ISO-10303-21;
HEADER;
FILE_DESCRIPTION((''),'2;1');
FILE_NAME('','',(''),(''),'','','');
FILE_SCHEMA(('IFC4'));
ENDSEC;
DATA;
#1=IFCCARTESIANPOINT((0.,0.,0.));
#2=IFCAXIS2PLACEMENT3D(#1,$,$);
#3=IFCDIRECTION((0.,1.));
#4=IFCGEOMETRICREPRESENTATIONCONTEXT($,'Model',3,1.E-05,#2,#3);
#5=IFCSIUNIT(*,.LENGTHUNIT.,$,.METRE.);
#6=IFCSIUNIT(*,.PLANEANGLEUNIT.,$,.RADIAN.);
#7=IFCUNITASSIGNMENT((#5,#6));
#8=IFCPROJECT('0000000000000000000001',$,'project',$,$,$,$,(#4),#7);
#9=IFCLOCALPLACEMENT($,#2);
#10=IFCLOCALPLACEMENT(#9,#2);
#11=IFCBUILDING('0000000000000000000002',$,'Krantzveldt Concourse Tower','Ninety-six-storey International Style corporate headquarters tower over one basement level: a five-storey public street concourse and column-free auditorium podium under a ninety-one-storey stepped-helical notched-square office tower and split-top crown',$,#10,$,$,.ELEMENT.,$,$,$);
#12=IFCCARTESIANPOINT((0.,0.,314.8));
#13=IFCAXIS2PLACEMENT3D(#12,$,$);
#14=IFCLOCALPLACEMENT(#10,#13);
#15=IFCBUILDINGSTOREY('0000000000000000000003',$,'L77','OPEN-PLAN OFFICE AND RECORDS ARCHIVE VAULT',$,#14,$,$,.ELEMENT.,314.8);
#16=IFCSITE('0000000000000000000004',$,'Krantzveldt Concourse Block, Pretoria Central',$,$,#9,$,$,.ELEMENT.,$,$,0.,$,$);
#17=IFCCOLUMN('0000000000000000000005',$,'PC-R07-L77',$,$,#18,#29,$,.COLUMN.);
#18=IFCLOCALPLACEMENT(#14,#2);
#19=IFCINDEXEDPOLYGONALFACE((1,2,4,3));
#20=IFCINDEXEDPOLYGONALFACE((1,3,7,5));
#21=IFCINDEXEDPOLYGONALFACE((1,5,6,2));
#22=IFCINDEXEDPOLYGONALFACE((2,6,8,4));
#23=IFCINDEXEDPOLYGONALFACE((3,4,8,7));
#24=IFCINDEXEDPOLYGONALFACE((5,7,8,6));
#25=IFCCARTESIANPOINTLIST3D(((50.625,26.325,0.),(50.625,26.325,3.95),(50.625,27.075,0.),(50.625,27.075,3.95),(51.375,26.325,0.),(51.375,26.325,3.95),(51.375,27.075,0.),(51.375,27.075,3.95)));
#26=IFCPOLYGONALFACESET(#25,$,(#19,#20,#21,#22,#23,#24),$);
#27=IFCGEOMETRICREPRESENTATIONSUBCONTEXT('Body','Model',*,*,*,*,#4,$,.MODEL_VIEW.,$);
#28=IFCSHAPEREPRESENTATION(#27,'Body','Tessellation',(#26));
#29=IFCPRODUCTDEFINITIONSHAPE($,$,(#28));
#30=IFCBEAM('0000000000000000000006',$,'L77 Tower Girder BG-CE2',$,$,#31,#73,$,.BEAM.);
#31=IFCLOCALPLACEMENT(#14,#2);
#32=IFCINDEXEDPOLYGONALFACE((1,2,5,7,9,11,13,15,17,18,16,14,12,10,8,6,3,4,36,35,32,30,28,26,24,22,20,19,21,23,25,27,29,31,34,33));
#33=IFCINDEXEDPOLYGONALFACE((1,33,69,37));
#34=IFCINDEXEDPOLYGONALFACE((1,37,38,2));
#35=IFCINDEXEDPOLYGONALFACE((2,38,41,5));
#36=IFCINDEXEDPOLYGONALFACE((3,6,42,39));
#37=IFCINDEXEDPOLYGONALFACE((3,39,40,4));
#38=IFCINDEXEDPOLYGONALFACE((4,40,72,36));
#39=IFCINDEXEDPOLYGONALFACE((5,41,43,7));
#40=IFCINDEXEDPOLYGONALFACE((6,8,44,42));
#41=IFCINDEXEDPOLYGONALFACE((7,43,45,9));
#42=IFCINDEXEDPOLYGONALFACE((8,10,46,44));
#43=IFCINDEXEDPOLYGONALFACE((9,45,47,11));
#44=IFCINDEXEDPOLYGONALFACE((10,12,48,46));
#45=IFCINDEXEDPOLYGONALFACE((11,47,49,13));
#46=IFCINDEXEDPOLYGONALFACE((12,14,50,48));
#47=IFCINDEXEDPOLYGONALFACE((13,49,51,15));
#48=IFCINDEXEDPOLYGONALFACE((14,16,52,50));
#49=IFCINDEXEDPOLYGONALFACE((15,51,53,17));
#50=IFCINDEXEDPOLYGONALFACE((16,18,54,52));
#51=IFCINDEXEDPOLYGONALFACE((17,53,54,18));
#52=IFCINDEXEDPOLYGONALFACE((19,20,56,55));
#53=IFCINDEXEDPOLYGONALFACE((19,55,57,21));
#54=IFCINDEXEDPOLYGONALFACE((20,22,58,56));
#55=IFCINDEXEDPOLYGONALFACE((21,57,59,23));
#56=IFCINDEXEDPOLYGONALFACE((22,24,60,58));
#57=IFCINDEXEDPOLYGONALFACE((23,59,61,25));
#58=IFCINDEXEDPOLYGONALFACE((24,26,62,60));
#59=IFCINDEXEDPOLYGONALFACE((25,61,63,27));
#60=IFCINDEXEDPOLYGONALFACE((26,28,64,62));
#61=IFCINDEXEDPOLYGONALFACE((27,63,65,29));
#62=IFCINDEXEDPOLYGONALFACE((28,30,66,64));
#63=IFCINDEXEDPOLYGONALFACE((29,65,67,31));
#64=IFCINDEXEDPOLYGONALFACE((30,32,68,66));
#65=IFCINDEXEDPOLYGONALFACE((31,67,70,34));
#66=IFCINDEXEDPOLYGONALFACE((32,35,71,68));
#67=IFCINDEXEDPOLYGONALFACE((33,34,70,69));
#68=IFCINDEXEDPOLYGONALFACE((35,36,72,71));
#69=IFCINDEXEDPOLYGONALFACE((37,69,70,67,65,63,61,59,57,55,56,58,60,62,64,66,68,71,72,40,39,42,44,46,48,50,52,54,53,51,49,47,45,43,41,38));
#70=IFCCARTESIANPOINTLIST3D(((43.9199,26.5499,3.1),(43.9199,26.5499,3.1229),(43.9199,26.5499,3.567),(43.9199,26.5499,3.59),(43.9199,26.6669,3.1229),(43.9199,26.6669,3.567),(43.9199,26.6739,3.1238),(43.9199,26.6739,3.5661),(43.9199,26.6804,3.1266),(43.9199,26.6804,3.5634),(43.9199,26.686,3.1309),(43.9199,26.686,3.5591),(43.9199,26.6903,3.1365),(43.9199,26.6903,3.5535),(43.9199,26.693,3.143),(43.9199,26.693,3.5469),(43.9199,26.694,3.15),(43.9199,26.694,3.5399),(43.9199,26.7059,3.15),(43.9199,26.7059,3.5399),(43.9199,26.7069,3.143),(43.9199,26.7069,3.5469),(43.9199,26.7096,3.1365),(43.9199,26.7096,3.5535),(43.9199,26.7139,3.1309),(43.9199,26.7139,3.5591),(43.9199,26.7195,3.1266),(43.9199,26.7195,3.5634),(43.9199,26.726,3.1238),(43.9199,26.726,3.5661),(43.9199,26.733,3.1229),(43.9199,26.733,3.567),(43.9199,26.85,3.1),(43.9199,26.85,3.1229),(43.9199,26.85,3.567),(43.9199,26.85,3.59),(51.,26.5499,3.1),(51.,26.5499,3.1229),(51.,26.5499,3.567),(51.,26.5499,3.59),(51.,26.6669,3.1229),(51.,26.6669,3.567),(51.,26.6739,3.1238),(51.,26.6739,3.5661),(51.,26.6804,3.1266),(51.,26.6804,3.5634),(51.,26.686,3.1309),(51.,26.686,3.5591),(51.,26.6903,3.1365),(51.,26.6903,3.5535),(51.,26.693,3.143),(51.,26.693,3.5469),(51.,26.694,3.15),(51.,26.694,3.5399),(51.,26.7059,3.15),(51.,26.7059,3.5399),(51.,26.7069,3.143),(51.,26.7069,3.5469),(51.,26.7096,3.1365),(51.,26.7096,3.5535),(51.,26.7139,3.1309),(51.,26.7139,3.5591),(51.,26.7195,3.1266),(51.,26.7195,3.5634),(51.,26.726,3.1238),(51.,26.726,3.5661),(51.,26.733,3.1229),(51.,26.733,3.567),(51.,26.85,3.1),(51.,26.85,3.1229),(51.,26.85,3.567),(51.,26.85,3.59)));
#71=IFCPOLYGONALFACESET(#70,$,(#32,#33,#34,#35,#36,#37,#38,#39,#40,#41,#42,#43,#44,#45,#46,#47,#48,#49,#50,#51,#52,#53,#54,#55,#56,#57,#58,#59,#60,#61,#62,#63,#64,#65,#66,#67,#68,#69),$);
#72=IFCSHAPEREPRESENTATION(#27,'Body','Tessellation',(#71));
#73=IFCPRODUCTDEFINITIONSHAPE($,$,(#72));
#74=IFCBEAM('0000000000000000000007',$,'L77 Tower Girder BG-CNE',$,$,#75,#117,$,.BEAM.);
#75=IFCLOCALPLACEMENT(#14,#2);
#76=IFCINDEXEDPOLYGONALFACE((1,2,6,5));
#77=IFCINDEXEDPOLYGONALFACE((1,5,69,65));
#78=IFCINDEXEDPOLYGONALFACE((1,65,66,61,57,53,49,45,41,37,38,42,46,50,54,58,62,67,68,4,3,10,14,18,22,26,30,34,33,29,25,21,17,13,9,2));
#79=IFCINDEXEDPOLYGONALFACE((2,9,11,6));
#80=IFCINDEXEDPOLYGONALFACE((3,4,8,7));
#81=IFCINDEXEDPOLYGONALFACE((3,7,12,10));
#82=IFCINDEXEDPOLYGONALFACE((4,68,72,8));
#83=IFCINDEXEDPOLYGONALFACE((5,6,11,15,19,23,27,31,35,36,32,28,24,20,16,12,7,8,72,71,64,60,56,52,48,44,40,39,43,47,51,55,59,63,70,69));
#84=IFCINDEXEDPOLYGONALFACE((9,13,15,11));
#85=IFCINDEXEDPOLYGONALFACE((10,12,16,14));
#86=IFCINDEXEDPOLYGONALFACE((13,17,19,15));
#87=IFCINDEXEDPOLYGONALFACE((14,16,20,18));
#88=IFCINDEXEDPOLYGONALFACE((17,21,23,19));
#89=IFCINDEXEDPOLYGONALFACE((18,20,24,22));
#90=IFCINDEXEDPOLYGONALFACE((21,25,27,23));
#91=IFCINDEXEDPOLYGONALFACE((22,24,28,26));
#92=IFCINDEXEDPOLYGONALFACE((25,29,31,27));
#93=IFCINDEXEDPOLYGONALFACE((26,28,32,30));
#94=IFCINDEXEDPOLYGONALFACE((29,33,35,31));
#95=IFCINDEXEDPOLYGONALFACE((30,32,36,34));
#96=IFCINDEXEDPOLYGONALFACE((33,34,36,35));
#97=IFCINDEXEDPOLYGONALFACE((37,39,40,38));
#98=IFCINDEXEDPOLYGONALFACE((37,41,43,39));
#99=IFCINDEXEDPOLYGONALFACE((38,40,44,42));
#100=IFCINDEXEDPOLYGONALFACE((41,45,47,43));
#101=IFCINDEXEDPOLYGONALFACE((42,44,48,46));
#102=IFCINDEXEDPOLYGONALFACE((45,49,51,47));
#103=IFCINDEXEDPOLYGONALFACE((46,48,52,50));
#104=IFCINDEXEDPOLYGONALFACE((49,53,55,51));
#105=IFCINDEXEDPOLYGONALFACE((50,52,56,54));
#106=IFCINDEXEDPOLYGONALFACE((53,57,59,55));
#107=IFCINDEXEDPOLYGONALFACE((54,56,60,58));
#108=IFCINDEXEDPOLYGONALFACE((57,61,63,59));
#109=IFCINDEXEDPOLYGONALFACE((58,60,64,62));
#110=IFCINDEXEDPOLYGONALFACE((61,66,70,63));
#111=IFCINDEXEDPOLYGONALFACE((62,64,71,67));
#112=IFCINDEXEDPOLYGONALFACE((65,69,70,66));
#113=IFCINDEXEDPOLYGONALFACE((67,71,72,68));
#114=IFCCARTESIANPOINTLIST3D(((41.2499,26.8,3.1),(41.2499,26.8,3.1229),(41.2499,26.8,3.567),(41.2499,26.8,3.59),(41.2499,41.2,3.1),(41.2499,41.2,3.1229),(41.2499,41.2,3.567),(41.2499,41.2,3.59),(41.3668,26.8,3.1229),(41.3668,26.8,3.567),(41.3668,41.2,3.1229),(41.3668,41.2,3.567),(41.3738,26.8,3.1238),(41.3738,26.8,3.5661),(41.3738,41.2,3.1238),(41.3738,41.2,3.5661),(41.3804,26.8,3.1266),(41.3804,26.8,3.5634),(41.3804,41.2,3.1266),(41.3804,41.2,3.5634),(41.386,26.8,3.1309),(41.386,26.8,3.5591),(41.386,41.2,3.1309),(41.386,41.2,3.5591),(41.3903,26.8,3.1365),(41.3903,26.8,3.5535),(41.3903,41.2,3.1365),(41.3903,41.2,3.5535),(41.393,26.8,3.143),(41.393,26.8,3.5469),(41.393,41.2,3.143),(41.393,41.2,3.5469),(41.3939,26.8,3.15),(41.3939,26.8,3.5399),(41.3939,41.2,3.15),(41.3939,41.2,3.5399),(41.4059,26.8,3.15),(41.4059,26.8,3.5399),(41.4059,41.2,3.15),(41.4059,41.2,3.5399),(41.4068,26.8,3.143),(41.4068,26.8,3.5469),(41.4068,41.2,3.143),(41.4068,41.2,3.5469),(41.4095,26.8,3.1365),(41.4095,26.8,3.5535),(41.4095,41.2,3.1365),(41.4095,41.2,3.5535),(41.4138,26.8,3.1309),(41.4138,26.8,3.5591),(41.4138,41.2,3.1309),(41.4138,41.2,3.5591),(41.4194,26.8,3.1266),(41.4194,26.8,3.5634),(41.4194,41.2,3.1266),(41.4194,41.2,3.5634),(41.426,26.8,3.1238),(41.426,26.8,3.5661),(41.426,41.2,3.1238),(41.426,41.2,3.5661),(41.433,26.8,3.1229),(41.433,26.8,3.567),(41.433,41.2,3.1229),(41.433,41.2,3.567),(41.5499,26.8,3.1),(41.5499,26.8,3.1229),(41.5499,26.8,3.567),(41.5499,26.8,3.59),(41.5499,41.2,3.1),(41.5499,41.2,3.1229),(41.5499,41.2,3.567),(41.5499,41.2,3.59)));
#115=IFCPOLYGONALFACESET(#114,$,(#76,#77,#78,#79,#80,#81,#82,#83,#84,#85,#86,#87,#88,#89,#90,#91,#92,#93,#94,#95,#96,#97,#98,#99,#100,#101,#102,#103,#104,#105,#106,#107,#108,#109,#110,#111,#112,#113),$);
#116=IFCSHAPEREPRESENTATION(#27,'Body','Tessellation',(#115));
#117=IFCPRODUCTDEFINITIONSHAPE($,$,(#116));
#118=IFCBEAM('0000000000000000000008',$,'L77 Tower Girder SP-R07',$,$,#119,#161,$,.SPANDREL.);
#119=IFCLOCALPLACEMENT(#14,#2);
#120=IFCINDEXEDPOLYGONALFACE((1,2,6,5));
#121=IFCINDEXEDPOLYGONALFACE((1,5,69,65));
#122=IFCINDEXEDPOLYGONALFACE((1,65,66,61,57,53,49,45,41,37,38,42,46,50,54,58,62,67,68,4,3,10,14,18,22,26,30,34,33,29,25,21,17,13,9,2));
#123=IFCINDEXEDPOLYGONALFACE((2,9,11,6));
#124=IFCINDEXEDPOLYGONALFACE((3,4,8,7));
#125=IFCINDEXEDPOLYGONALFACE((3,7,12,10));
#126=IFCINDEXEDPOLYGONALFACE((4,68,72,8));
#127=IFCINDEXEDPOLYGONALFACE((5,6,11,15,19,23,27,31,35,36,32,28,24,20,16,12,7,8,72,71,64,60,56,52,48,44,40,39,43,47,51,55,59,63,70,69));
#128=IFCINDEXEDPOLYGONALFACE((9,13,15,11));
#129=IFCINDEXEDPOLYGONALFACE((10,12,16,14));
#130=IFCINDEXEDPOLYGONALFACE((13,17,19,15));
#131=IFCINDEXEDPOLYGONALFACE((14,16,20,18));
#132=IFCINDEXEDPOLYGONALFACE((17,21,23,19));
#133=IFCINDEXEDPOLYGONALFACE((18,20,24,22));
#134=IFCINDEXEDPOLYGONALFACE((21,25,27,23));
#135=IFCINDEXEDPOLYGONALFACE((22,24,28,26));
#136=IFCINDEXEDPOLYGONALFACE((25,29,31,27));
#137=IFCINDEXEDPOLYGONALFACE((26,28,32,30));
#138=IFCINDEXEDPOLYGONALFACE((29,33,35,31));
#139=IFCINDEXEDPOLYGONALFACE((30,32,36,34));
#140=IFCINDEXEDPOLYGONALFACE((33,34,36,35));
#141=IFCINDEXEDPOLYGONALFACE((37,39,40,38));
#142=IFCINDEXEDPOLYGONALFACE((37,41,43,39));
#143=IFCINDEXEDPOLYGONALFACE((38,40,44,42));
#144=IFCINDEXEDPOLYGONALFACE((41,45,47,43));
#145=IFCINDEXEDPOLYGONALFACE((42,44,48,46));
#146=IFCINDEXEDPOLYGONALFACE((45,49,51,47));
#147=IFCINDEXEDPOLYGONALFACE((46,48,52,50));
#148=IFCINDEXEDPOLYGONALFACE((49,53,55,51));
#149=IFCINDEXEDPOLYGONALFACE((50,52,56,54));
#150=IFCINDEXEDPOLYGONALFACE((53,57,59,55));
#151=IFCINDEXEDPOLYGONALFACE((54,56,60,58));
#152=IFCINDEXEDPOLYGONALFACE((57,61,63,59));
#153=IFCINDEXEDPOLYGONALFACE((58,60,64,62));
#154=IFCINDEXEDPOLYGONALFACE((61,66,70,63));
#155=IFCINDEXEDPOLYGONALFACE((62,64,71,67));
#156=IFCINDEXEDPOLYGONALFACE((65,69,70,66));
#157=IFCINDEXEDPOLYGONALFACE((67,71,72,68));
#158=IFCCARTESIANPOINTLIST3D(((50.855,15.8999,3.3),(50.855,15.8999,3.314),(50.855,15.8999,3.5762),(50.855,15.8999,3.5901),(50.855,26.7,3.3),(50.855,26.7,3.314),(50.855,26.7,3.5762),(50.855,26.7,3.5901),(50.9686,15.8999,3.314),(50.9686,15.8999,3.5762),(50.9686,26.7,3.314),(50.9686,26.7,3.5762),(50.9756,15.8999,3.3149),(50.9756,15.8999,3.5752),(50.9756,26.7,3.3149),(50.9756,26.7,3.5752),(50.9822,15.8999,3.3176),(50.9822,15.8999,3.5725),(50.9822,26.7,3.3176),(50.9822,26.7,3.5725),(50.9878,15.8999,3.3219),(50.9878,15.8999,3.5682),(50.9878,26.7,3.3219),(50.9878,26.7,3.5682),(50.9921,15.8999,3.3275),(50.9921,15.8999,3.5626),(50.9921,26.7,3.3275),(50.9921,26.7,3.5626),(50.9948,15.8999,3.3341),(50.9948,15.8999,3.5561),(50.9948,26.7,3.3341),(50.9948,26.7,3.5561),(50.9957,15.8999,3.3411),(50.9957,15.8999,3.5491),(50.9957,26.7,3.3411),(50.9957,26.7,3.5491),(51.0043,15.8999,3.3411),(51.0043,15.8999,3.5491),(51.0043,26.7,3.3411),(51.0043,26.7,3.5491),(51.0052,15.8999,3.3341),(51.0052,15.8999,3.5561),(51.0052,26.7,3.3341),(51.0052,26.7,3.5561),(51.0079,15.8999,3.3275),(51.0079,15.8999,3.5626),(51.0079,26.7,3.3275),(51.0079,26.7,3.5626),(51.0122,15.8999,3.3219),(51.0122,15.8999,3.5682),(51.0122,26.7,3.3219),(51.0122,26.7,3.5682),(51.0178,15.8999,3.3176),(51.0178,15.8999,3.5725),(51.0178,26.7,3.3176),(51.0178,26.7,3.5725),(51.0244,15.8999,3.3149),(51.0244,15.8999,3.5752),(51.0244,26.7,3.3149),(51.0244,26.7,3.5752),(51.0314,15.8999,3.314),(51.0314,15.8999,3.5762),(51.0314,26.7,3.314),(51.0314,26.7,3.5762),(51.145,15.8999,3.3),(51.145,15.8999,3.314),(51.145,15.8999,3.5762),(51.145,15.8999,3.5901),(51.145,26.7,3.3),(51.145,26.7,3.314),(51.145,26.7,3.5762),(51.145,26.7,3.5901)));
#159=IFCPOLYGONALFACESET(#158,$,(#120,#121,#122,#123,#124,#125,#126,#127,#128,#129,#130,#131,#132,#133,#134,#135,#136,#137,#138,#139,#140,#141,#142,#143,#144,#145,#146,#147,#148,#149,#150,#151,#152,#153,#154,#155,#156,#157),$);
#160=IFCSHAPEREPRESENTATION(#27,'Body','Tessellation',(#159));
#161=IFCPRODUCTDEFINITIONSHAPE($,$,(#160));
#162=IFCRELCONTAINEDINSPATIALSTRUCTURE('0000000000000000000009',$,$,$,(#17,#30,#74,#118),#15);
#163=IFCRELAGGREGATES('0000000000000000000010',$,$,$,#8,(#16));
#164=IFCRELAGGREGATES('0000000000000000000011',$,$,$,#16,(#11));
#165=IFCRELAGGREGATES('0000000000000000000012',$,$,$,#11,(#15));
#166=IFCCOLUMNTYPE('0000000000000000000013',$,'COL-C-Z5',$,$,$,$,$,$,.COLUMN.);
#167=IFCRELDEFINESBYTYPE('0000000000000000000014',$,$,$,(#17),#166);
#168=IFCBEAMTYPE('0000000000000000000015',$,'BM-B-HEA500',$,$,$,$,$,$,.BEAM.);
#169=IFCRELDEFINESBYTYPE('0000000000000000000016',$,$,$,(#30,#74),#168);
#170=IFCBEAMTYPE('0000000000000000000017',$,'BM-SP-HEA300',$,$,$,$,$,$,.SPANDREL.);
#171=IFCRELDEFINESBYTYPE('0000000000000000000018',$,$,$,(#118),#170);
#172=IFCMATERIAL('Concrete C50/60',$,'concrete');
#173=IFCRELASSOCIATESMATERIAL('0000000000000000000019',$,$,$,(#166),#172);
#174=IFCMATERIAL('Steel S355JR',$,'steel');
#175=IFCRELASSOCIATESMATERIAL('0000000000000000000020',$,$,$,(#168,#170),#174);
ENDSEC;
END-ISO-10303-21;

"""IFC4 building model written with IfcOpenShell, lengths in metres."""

from ifc_helpers import new_model, si_unit, direction, frame, origin, origin_2d, place, context, subcontext, project, spatial, rectangle, i_section, extrude, source, transform, mapped, material, material_profile, profile_set, type_object, type_shapes, element, save


model = new_model("IFC4")

# Units and contexts
model_context = context("Model", 3, precision=1e-05, world=origin(), true_north=direction((0.0, 1.0)))
body_context = subcontext(model_context, "Body", "Model", "MODEL_VIEW")
ifc_project = project(units=[si_unit("LENGTHUNIT", "METRE"), si_unit("PLANEANGLEUNIT", "RADIAN")], contexts=[model_context])

# Site, building, storey
site_placement = place(None, origin())
site = spatial("IfcSite", under=ifc_project, at=site_placement, Name="Krantzveldt Concourse Block, Pretoria Central", CompositionType="ELEMENT", RefElevation=0.0)
building_placement = place(site_placement, origin())
building = spatial("IfcBuilding", under=site, at=building_placement, Name="Krantzveldt Concourse Tower", Description="Ninety-six-storey International Style corporate headquarters tower over one basement level: a five-storey public street concourse and column-free auditorium podium under a ninety-one-storey stepped-helical notched-square office tower and split-top crown", CompositionType="ELEMENT")
storey_placement = place(building_placement, frame((0.0, 0.0, 314.8)))
storey = spatial("IfcBuildingStorey", under=building, at=storey_placement, Name="L77", Description="OPEN-PLAN OFFICE AND RECORDS ARCHIVE VAULT", CompositionType="ELEMENT", Elevation=314.8)

# Column
ifc_material_1 = material(Name="Concrete C50/60", Category="concrete")
ifc_material_profile_1 = material_profile(ifc_material_1, rectangle(XDim=0.75, YDim=0.75, at=origin_2d()), Name="Concrete C50/60", Category="concrete")
ifc_profile_set_1 = profile_set([ifc_material_profile_1], Name="Concrete C50/60 - RC 750x750")
column_type = type_object("IfcColumnType", Name="COL-C-Z5", PredefinedType="COLUMN", material=ifc_profile_set_1)
shared_shape_1 = source(origin(), body_context, "Body", "SweptSolid", [
    extrude(rectangle(XDim=0.75, YDim=0.75, at=origin_2d()), origin(), (0.0, 0.0, 1.0), 3.95),
])
type_shapes(column_type, [shared_shape_1])
column_placement = place(storey_placement, frame((51.0, 26.7, 0.0), z_axis=(0.0, 0.0, 1.0), x_axis=(1.0, 0.0, 0.0)))
element("IfcColumn", 1, at=column_placement, inside=storey, type_object=column_type, Name="PC-R07-L77", PredefinedType="COLUMN", context=body_context, shape_type="MappedRepresentation", body=[
    mapped(shared_shape_1, transform((0.0, 0.0, 0.0), x_axis=(1.0, 0.0, 0.0), y_axis=(0.0, 1.0, 0.0), z_axis=(0.0, 0.0, 1.0), scale=1.0)),
])

# Beams
ifc_material_2 = material(Name="Steel S355JR", Category="steel")
ifc_material_profile_2 = material_profile(ifc_material_2, i_section(OverallWidth=0.3, OverallDepth=0.49, WebThickness=0.012, FlangeThickness=0.0229, FilletRadius=0.0271, at=origin_2d()), Name="Steel S355JR", Category="steel")
ifc_profile_set_2 = profile_set([ifc_material_profile_2], Name="Steel S355JR - HEA 500")
beam_type_1 = type_object("IfcBeamType", Name="BM-B-HEA500", PredefinedType="BEAM", material=ifc_profile_set_2)
shared_shape_2 = source(origin(), body_context, "Body", "SweptSolid", [
    extrude(i_section(OverallWidth=0.3, OverallDepth=0.49, WebThickness=0.012, FlangeThickness=0.0229, FilletRadius=0.0271, at=origin_2d()), origin(), (0.0, 0.0, 1.0), 7.0801),
])
beam_1_placement = place(storey_placement, frame((43.9199, 26.7, 3.345), z_axis=(1.0, 0.0, 0.0), x_axis=(0.0, 1.0, 0.0)))
element("IfcBeam", 2, at=beam_1_placement, inside=storey, type_object=beam_type_1, Name="L77 Tower Girder BG-CE2", PredefinedType="BEAM", context=body_context, shape_type="MappedRepresentation", body=[
    mapped(shared_shape_2, transform((0.0, 0.0, 0.0), x_axis=(1.0, 0.0, 0.0), y_axis=(0.0, 1.0, 0.0), z_axis=(0.0, 0.0, 1.0), scale=1.0)),
])
shared_shape_3 = source(origin(), body_context, "Body", "SweptSolid", [
    extrude(i_section(OverallWidth=0.3, OverallDepth=0.49, WebThickness=0.012, FlangeThickness=0.0229, FilletRadius=0.0271, at=origin_2d()), origin(), (0.0, 0.0, 1.0), 14.3999),
])
type_shapes(beam_type_1, [shared_shape_2, shared_shape_3])
beam_2_placement = place(storey_placement, frame((41.3999, 26.8, 3.345), z_axis=(0.0, 1.0, 0.0), x_axis=(-1.0, 0.0, 0.0)))
element("IfcBeam", 3, at=beam_2_placement, inside=storey, type_object=beam_type_1, Name="L77 Tower Girder BG-CNE", PredefinedType="BEAM", context=body_context, shape_type="MappedRepresentation", body=[
    mapped(shared_shape_3, transform((0.0, 0.0, 0.0), x_axis=(1.0, 0.0, 0.0), y_axis=(0.0, 1.0, 0.0), z_axis=(0.0, 0.0, 1.0), scale=1.0)),
])
ifc_material_profile_3 = material_profile(ifc_material_2, i_section(OverallWidth=0.29, OverallDepth=0.29, WebThickness=0.0085, FlangeThickness=0.0139, FilletRadius=0.0271, at=origin_2d()), Name="Steel S355JR", Category="steel")
ifc_profile_set_3 = profile_set([ifc_material_profile_3], Name="Steel S355JR - HEA 300")
beam_type_2 = type_object("IfcBeamType", Name="BM-SP-HEA300", PredefinedType="SPANDREL", material=ifc_profile_set_3)
shared_shape_4 = source(origin(), body_context, "Body", "SweptSolid", [
    extrude(i_section(OverallWidth=0.29, OverallDepth=0.29, WebThickness=0.0085, FlangeThickness=0.0139, FilletRadius=0.0271, at=origin_2d()), origin(), (0.0, 0.0, 1.0), 10.8),
])
type_shapes(beam_type_2, [shared_shape_4])
beam_3_placement = place(storey_placement, frame((51.0, 26.7, 3.4451), z_axis=(0.0, -1.0, 0.0), x_axis=(1.0, 0.0, 0.0)))
element("IfcBeam", 4, at=beam_3_placement, inside=storey, type_object=beam_type_2, Name="L77 Tower Girder SP-R07", PredefinedType="SPANDREL", context=body_context, shape_type="MappedRepresentation", body=[
    mapped(shared_shape_4, transform((0.0, 0.0, 0.0), x_axis=(1.0, 0.0, 0.0), y_axis=(0.0, 1.0, 0.0), z_axis=(0.0, 0.0, 1.0), scale=1.0)),
])

save(model, "model.ifc")
